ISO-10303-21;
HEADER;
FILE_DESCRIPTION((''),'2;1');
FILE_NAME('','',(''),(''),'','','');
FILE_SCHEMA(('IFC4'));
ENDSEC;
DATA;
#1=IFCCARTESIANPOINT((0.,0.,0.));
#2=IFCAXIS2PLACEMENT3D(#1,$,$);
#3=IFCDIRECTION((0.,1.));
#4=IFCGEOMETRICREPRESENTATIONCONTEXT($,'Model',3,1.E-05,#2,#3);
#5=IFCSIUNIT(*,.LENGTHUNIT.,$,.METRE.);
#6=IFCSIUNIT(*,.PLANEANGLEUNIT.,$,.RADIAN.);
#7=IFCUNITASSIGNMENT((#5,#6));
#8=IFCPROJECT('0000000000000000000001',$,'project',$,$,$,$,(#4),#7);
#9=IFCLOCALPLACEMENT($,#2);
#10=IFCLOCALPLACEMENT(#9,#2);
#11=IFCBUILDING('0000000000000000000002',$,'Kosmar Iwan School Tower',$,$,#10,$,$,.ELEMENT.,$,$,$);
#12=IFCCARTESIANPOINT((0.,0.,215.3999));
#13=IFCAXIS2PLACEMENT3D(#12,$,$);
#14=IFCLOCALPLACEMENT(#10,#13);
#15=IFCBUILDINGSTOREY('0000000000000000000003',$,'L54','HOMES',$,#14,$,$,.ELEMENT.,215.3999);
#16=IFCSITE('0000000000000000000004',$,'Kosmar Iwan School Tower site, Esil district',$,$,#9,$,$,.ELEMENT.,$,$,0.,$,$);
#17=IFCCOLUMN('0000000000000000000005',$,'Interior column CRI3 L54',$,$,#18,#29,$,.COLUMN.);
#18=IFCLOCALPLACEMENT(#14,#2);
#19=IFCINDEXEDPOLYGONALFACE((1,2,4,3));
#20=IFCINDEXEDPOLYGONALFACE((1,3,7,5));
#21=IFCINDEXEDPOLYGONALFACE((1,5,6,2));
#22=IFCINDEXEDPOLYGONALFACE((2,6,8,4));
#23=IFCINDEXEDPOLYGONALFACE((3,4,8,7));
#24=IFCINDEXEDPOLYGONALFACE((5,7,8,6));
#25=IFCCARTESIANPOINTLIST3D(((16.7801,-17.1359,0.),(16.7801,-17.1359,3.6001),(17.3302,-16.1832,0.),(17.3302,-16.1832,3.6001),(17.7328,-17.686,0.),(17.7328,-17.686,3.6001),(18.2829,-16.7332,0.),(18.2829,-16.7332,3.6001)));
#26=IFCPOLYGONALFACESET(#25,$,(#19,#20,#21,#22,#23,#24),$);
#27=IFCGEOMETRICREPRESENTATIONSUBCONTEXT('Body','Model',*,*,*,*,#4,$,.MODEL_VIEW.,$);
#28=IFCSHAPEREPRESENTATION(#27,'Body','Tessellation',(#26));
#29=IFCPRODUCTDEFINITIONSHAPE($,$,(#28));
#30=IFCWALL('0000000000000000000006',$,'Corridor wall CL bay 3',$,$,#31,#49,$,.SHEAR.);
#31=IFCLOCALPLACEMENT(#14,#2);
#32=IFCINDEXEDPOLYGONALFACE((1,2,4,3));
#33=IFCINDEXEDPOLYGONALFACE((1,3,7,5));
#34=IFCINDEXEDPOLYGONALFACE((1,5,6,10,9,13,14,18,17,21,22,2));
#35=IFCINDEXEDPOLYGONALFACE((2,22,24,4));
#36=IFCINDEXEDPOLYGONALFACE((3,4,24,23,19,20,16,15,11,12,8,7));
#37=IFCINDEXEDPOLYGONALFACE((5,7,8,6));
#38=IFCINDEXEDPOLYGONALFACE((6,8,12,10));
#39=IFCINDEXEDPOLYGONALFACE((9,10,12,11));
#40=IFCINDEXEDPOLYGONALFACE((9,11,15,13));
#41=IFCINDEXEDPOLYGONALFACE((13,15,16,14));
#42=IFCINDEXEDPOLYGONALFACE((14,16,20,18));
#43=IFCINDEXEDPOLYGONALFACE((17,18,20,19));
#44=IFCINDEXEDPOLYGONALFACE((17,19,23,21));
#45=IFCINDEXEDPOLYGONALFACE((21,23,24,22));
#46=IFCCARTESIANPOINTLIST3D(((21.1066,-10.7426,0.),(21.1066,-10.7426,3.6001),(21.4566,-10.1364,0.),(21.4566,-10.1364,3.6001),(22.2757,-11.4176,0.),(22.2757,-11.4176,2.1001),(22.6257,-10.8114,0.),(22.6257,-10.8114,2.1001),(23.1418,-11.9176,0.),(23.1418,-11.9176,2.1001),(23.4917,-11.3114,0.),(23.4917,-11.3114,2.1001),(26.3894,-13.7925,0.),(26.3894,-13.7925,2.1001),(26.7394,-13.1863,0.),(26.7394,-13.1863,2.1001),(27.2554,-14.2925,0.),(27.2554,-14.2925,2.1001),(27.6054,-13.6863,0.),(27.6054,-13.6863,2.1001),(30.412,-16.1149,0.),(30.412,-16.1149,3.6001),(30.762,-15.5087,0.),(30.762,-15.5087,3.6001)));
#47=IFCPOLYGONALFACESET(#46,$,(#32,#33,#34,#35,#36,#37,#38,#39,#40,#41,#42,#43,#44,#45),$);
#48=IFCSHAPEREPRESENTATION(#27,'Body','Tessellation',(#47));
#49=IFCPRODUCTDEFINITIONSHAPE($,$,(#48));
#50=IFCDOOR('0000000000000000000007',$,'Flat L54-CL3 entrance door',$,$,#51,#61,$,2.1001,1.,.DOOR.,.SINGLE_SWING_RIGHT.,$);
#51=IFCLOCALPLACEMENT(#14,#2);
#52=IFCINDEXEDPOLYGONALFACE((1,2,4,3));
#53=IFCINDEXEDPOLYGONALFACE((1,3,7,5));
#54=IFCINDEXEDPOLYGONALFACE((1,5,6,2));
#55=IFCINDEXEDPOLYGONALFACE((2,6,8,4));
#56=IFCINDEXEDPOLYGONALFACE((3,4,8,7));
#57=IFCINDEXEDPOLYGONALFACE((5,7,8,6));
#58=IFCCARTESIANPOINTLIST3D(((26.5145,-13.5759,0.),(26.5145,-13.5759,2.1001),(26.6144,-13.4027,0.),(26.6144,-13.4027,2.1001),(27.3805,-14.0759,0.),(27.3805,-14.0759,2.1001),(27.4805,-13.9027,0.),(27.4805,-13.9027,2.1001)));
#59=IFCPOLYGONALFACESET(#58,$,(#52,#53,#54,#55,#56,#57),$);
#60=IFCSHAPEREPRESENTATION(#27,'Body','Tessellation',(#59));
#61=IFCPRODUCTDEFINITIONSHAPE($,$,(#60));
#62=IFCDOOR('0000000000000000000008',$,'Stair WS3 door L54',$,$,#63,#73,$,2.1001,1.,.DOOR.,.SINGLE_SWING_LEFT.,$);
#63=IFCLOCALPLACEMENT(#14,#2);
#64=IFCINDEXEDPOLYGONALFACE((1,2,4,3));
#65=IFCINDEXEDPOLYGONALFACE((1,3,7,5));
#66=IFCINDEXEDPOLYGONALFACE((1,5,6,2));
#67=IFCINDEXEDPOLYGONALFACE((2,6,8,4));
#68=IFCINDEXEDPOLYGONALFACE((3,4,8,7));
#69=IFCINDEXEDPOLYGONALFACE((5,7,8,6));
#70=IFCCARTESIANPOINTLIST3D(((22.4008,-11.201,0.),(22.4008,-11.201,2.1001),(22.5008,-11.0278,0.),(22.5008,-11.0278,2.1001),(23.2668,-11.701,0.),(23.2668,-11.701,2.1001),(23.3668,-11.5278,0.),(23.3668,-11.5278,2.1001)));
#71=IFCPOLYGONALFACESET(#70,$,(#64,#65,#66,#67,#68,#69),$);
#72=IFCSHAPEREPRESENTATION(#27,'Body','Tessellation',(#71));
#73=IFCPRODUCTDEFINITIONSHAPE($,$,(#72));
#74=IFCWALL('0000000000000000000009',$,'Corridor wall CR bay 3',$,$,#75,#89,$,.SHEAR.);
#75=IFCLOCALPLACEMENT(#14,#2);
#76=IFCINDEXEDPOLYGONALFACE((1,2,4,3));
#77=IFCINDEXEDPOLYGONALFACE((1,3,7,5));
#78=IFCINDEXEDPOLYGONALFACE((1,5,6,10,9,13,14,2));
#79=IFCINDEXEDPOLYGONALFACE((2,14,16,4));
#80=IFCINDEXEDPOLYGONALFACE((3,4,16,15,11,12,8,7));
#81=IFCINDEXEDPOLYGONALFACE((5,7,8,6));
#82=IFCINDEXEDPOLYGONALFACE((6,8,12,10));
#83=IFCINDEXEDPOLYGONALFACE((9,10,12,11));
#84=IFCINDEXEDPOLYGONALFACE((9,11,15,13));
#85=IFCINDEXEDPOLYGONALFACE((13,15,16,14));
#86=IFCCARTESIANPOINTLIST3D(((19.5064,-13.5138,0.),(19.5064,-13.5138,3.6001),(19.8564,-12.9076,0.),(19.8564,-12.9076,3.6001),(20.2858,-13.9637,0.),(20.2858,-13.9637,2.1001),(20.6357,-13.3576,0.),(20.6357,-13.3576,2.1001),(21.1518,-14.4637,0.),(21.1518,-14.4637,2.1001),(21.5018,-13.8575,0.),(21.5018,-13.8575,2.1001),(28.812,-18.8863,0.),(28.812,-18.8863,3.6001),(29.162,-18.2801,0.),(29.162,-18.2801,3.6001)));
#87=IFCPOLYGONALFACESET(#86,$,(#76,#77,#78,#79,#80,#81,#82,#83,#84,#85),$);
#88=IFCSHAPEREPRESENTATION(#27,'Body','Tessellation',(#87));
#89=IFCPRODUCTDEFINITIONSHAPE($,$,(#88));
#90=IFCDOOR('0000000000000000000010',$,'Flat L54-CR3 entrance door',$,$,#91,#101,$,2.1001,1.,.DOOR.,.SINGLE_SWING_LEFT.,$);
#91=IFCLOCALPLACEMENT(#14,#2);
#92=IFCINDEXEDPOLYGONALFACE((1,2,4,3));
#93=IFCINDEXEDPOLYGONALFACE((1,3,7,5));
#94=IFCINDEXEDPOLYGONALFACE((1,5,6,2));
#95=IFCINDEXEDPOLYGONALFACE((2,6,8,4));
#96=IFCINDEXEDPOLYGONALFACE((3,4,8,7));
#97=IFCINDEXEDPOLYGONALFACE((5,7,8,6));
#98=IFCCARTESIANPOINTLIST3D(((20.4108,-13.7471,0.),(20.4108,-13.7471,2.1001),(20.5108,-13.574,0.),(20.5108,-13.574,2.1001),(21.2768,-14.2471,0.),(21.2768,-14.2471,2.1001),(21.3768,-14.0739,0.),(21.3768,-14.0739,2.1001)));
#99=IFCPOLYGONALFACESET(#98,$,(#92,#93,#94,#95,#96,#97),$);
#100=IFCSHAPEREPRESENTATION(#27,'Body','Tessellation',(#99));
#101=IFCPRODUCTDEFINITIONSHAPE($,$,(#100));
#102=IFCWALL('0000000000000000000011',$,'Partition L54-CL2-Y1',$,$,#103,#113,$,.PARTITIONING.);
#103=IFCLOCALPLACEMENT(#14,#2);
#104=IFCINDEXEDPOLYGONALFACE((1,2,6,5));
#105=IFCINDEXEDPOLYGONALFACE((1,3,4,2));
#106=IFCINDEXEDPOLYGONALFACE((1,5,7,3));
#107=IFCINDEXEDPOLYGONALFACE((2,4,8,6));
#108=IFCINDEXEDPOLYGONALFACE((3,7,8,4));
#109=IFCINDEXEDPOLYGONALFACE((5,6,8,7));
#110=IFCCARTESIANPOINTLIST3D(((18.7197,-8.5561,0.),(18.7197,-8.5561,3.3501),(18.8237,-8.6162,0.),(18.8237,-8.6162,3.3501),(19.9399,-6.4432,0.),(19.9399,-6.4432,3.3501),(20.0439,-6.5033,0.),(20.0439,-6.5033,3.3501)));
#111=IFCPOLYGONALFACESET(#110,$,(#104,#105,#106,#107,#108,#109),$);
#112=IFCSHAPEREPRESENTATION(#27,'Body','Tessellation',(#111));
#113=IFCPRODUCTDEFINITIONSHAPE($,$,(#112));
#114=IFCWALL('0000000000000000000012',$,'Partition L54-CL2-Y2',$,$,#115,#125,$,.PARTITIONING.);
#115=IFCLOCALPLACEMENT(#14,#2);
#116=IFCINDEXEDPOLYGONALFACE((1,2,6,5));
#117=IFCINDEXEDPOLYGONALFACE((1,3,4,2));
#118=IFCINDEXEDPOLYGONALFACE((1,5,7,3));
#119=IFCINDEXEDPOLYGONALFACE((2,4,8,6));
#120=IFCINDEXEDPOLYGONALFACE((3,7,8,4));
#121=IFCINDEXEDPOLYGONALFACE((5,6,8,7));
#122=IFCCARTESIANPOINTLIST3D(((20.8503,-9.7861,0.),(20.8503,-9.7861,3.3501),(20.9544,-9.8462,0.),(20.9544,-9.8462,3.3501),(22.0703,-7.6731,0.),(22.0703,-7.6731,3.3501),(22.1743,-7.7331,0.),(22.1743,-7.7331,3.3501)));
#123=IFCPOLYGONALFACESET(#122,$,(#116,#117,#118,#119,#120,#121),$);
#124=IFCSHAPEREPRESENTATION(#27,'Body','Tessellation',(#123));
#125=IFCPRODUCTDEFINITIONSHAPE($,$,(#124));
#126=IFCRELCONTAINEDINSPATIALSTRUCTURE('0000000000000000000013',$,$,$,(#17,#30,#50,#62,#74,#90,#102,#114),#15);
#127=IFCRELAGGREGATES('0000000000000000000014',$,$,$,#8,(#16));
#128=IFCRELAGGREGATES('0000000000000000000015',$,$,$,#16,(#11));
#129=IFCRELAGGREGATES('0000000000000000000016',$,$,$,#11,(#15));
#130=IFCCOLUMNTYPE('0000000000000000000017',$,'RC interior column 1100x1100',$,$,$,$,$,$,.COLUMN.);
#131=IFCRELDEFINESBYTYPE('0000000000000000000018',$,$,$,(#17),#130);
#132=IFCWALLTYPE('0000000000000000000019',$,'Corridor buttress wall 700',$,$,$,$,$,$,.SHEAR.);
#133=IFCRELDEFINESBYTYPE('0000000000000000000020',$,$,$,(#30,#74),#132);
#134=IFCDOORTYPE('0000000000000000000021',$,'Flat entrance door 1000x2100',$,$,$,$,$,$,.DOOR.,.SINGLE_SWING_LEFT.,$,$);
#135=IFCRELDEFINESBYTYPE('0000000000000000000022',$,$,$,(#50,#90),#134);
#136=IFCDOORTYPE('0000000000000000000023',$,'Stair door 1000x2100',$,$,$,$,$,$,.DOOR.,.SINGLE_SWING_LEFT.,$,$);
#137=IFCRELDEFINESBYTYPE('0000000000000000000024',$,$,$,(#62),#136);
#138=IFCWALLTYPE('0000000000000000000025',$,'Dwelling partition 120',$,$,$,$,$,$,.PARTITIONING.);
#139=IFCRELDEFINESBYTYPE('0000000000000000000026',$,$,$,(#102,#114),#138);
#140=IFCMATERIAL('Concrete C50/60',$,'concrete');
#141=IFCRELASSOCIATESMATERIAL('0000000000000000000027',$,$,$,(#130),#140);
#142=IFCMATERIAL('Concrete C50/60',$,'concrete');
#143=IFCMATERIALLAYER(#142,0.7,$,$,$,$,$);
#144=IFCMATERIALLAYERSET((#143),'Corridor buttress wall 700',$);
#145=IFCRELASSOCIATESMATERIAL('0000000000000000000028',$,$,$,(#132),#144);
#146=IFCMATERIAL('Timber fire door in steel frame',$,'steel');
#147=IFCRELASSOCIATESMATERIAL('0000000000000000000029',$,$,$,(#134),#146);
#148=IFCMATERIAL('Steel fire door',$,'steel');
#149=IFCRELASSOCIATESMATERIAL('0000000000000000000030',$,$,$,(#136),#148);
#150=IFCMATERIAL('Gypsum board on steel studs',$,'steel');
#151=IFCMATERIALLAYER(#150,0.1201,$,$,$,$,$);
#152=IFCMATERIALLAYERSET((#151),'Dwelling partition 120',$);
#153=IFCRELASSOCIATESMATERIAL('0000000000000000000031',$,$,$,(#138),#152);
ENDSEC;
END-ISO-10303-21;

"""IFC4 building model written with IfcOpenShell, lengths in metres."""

from ifc_helpers import new_model, si_unit, direction, frame, frame_2d, origin, origin_2d, place, context, subcontext, project, spatial, rectangle, extrude, material, layer, layer_set, material_profile, profile_set, type_object, element, fill, save


model = new_model("IFC4")

# Units and contexts
model_context = context("Model", 3, precision=1e-05, world=origin(), true_north=direction((0.0, 1.0)))
body_context = subcontext(model_context, "Body", "Model", "MODEL_VIEW")
ifc_project = project(units=[si_unit("LENGTHUNIT", "METRE"), si_unit("PLANEANGLEUNIT", "RADIAN")], contexts=[model_context])

# Site, building, storey
site_placement = place(None, origin())
site = spatial("IfcSite", under=ifc_project, at=site_placement, Name="Kosmar Iwan School Tower site, Esil district", CompositionType="ELEMENT", RefElevation=0.0)
building_placement = place(site_placement, origin())
building = spatial("IfcBuilding", under=site, at=building_placement, Name="Kosmar Iwan School Tower", CompositionType="ELEMENT")
storey_placement = place(building_placement, frame((0.0, 0.0, 215.3999)))
storey = spatial("IfcBuildingStorey", under=building, at=storey_placement, Name="L54", Description="HOMES", CompositionType="ELEMENT", Elevation=215.3999)

# Column
ifc_material_1 = material(Name="Concrete C50/60", Category="concrete")
ifc_material_profile = material_profile(ifc_material_1, rectangle(XDim=1.1001, YDim=1.1001, at=origin_2d()), Name="RC 1100x1100")
ifc_profile_set = profile_set([ifc_material_profile], Name="Concrete C50/60")
column_type = type_object("IfcColumnType", Name="RC interior column 1100x1100", PredefinedType="COLUMN", material=ifc_profile_set)
column_placement = place(storey_placement, frame((17.5315, -16.9346, 0.0), z_axis=(0.0, 0.0, 1.0), x_axis=(0.866025, -0.5, 0.0)))
element("IfcColumn", 1, at=column_placement, inside=storey, type_object=column_type, Name="Interior column CRI3 L54", PredefinedType="COLUMN", context=body_context, shape_type="SweptSolid", body=[
    extrude(rectangle(XDim=1.1001, YDim=1.1001, at=origin_2d()), origin(), (0.0, 0.0, 1.0), 3.6001),
])

# Wall, openings, doors
ifc_material_2 = material(Name="Concrete C50/60", Category="concrete")
ifc_layer_1 = layer(ifc_material_2, 0.7)
ifc_layer_set_1 = layer_set([ifc_layer_1], Name="Corridor buttress wall 700")
wall_type_1 = type_object("IfcWallType", Name="Corridor buttress wall 700", PredefinedType="SHEAR", material=ifc_layer_set_1)
wall_1_placement = place(storey_placement, frame((21.2815, -10.4395, 0.0), z_axis=(0.0, 0.0, 1.0), x_axis=(0.866032, -0.499988, 0.0)))
wall_1 = element("IfcWall", 2, at=wall_1_placement, inside=storey, type_object=wall_type_1, Name="Corridor wall CL bay 3", PredefinedType="SHEAR", context=body_context, shape_type="SweptSolid", body=[
    extrude(rectangle(XDim=10.7449, YDim=0.7, at=frame_2d((5.3726, 0.0))), origin(), (0.0, 0.0, 1.0), 3.6001),
])
opening_1_placement = place(wall_1_placement, frame((6.1001, 0.0, 0.0)))
opening_1 = element("IfcOpeningElement", 3, at=opening_1_placement, cuts=wall_1, PredefinedType="OPENING", context=body_context, shape_type="SweptSolid", body=[
    extrude(rectangle(XDim=1.0, YDim=2.1001, at=frame_2d((0.5, 1.05))), frame((0.0, 0.3621, 0.0), z_axis=(0.0, -1.0, 0.0), x_axis=(1.0, 0.0, 0.0)), (0.0, 0.0, 1.0), 0.7239),
])
opening_2_placement = place(wall_1_placement, frame((1.3501, 0.0, 0.0)))
opening_2 = element("IfcOpeningElement", 4, at=opening_2_placement, cuts=wall_1, PredefinedType="OPENING", context=body_context, shape_type="SweptSolid", body=[
    extrude(rectangle(XDim=1.0, YDim=2.1001, at=frame_2d((0.5, 1.05))), frame((0.0, 0.3621, 0.0), z_axis=(0.0, -1.0, 0.0), x_axis=(1.0, 0.0, 0.0)), (0.0, 0.0, 1.0), 0.7239),
])
ifc_material_3 = material(Name="Timber fire door in steel frame", Category="steel")
door_type_1 = type_object("IfcDoorType", Name="Flat entrance door 1000x2100", OperationType="SINGLE_SWING_LEFT", PredefinedType="DOOR", material=ifc_material_3)
door_1_placement = place(opening_1_placement, origin())
door_1 = element("IfcDoor", 5, at=door_1_placement, inside=storey, type_object=door_type_1, Name="Flat L54-CL3 entrance door", OperationType="SINGLE_SWING_RIGHT", OverallHeight=2.1001, OverallWidth=1.0, PredefinedType="DOOR", context=body_context, shape_type="SweptSolid", body=[
    extrude(rectangle(XDim=1.0, YDim=2.1001, at=frame_2d((0.5, 1.05))), frame((0.0, 0.1001, 0.0), z_axis=(0.0, -1.0, 0.0), x_axis=(1.0, 0.0, 0.0)), (0.0, 0.0, 1.0), 0.2),
])
fill(opening_1, door_1)
ifc_material_4 = material(Name="Steel fire door", Category="steel")
door_type_2 = type_object("IfcDoorType", Name="Stair door 1000x2100", OperationType="SINGLE_SWING_LEFT", PredefinedType="DOOR", material=ifc_material_4)
door_2_placement = place(opening_2_placement, origin())
door_2 = element("IfcDoor", 6, at=door_2_placement, inside=storey, type_object=door_type_2, Name="Stair WS3 door L54", OperationType="SINGLE_SWING_LEFT", OverallHeight=2.1001, OverallWidth=1.0, PredefinedType="DOOR", context=body_context, shape_type="SweptSolid", body=[
    extrude(rectangle(XDim=1.0, YDim=2.1001, at=frame_2d((0.5, 1.05))), frame((0.0, 0.1001, 0.0), z_axis=(0.0, -1.0, 0.0), x_axis=(1.0, 0.0, 0.0)), (0.0, 0.0, 1.0), 0.2),
])
fill(opening_2, door_2)

# Wall, opening, door
wall_2_placement = place(storey_placement, frame((19.6814, -13.2107, 0.0), z_axis=(0.0, 0.0, 1.0), x_axis=(0.866028, -0.499995, 0.0)))
wall_2 = element("IfcWall", 7, at=wall_2_placement, inside=storey, type_object=wall_type_1, Name="Corridor wall CR bay 3", PredefinedType="SHEAR", context=body_context, shape_type="SweptSolid", body=[
    extrude(rectangle(XDim=10.7451, YDim=0.7, at=frame_2d((5.3726, 0.0))), origin(), (0.0, 0.0, 1.0), 3.6001),
])
opening_3_placement = place(wall_2_placement, frame((0.8999, 0.0, 0.0)))
opening_3 = element("IfcOpeningElement", 8, at=opening_3_placement, cuts=wall_2, PredefinedType="OPENING", context=body_context, shape_type="SweptSolid", body=[
    extrude(rectangle(XDim=1.0, YDim=2.1001, at=frame_2d((0.5, 1.05))), frame((0.0, 0.3621, 0.0), z_axis=(0.0, -1.0, 0.0), x_axis=(1.0, 0.0, 0.0)), (0.0, 0.0, 1.0), 0.7239),
])
door_3_placement = place(opening_3_placement, origin())
door_3 = element("IfcDoor", 9, at=door_3_placement, inside=storey, type_object=door_type_1, Name="Flat L54-CR3 entrance door", OperationType="SINGLE_SWING_LEFT", OverallHeight=2.1001, OverallWidth=1.0, PredefinedType="DOOR", context=body_context, shape_type="SweptSolid", body=[
    extrude(rectangle(XDim=1.0, YDim=2.1001, at=frame_2d((0.5, 1.05))), frame((0.0, 0.1001, 0.0), z_axis=(0.0, -1.0, 0.0), x_axis=(1.0, 0.0, 0.0)), (0.0, 0.0, 1.0), 0.2),
])
fill(opening_3, door_3)

# Walls
ifc_material_5 = material(Name="Gypsum board on steel studs", Category="steel")
ifc_layer_2 = layer(ifc_material_5, 0.1201)
ifc_layer_set_2 = layer_set([ifc_layer_2], Name="Dwelling partition 120")
wall_type_2 = type_object("IfcWallType", Name="Dwelling partition 120", PredefinedType="PARTITIONING", material=ifc_layer_set_2)
for number, where, z_axis, x_axis, name in (
    (10, (18.7717, -8.5862, 0.0), (0.0, 0.0, 1.0), (0.500078, 0.865981, 0.0), "Partition L54-CL2-Y1"),
    (11, (20.9023, -9.8162, 0.0), (0.0, 0.0, 1.0), (0.500003, 0.866024, 0.0), "Partition L54-CL2-Y2"),
):
    element("IfcWall", number, at=place(storey_placement, frame(where, z_axis=z_axis, x_axis=x_axis)), inside=storey, type_object=wall_type_2, Name=name, PredefinedType="PARTITIONING", context=body_context, shape_type="SweptSolid", body=[
        extrude(rectangle(XDim=2.4399, YDim=0.1201, at=frame_2d((1.22, 0.0))), origin(), (0.0, 0.0, 1.0), 3.3501),
    ])

save(model, "model.ifc")
